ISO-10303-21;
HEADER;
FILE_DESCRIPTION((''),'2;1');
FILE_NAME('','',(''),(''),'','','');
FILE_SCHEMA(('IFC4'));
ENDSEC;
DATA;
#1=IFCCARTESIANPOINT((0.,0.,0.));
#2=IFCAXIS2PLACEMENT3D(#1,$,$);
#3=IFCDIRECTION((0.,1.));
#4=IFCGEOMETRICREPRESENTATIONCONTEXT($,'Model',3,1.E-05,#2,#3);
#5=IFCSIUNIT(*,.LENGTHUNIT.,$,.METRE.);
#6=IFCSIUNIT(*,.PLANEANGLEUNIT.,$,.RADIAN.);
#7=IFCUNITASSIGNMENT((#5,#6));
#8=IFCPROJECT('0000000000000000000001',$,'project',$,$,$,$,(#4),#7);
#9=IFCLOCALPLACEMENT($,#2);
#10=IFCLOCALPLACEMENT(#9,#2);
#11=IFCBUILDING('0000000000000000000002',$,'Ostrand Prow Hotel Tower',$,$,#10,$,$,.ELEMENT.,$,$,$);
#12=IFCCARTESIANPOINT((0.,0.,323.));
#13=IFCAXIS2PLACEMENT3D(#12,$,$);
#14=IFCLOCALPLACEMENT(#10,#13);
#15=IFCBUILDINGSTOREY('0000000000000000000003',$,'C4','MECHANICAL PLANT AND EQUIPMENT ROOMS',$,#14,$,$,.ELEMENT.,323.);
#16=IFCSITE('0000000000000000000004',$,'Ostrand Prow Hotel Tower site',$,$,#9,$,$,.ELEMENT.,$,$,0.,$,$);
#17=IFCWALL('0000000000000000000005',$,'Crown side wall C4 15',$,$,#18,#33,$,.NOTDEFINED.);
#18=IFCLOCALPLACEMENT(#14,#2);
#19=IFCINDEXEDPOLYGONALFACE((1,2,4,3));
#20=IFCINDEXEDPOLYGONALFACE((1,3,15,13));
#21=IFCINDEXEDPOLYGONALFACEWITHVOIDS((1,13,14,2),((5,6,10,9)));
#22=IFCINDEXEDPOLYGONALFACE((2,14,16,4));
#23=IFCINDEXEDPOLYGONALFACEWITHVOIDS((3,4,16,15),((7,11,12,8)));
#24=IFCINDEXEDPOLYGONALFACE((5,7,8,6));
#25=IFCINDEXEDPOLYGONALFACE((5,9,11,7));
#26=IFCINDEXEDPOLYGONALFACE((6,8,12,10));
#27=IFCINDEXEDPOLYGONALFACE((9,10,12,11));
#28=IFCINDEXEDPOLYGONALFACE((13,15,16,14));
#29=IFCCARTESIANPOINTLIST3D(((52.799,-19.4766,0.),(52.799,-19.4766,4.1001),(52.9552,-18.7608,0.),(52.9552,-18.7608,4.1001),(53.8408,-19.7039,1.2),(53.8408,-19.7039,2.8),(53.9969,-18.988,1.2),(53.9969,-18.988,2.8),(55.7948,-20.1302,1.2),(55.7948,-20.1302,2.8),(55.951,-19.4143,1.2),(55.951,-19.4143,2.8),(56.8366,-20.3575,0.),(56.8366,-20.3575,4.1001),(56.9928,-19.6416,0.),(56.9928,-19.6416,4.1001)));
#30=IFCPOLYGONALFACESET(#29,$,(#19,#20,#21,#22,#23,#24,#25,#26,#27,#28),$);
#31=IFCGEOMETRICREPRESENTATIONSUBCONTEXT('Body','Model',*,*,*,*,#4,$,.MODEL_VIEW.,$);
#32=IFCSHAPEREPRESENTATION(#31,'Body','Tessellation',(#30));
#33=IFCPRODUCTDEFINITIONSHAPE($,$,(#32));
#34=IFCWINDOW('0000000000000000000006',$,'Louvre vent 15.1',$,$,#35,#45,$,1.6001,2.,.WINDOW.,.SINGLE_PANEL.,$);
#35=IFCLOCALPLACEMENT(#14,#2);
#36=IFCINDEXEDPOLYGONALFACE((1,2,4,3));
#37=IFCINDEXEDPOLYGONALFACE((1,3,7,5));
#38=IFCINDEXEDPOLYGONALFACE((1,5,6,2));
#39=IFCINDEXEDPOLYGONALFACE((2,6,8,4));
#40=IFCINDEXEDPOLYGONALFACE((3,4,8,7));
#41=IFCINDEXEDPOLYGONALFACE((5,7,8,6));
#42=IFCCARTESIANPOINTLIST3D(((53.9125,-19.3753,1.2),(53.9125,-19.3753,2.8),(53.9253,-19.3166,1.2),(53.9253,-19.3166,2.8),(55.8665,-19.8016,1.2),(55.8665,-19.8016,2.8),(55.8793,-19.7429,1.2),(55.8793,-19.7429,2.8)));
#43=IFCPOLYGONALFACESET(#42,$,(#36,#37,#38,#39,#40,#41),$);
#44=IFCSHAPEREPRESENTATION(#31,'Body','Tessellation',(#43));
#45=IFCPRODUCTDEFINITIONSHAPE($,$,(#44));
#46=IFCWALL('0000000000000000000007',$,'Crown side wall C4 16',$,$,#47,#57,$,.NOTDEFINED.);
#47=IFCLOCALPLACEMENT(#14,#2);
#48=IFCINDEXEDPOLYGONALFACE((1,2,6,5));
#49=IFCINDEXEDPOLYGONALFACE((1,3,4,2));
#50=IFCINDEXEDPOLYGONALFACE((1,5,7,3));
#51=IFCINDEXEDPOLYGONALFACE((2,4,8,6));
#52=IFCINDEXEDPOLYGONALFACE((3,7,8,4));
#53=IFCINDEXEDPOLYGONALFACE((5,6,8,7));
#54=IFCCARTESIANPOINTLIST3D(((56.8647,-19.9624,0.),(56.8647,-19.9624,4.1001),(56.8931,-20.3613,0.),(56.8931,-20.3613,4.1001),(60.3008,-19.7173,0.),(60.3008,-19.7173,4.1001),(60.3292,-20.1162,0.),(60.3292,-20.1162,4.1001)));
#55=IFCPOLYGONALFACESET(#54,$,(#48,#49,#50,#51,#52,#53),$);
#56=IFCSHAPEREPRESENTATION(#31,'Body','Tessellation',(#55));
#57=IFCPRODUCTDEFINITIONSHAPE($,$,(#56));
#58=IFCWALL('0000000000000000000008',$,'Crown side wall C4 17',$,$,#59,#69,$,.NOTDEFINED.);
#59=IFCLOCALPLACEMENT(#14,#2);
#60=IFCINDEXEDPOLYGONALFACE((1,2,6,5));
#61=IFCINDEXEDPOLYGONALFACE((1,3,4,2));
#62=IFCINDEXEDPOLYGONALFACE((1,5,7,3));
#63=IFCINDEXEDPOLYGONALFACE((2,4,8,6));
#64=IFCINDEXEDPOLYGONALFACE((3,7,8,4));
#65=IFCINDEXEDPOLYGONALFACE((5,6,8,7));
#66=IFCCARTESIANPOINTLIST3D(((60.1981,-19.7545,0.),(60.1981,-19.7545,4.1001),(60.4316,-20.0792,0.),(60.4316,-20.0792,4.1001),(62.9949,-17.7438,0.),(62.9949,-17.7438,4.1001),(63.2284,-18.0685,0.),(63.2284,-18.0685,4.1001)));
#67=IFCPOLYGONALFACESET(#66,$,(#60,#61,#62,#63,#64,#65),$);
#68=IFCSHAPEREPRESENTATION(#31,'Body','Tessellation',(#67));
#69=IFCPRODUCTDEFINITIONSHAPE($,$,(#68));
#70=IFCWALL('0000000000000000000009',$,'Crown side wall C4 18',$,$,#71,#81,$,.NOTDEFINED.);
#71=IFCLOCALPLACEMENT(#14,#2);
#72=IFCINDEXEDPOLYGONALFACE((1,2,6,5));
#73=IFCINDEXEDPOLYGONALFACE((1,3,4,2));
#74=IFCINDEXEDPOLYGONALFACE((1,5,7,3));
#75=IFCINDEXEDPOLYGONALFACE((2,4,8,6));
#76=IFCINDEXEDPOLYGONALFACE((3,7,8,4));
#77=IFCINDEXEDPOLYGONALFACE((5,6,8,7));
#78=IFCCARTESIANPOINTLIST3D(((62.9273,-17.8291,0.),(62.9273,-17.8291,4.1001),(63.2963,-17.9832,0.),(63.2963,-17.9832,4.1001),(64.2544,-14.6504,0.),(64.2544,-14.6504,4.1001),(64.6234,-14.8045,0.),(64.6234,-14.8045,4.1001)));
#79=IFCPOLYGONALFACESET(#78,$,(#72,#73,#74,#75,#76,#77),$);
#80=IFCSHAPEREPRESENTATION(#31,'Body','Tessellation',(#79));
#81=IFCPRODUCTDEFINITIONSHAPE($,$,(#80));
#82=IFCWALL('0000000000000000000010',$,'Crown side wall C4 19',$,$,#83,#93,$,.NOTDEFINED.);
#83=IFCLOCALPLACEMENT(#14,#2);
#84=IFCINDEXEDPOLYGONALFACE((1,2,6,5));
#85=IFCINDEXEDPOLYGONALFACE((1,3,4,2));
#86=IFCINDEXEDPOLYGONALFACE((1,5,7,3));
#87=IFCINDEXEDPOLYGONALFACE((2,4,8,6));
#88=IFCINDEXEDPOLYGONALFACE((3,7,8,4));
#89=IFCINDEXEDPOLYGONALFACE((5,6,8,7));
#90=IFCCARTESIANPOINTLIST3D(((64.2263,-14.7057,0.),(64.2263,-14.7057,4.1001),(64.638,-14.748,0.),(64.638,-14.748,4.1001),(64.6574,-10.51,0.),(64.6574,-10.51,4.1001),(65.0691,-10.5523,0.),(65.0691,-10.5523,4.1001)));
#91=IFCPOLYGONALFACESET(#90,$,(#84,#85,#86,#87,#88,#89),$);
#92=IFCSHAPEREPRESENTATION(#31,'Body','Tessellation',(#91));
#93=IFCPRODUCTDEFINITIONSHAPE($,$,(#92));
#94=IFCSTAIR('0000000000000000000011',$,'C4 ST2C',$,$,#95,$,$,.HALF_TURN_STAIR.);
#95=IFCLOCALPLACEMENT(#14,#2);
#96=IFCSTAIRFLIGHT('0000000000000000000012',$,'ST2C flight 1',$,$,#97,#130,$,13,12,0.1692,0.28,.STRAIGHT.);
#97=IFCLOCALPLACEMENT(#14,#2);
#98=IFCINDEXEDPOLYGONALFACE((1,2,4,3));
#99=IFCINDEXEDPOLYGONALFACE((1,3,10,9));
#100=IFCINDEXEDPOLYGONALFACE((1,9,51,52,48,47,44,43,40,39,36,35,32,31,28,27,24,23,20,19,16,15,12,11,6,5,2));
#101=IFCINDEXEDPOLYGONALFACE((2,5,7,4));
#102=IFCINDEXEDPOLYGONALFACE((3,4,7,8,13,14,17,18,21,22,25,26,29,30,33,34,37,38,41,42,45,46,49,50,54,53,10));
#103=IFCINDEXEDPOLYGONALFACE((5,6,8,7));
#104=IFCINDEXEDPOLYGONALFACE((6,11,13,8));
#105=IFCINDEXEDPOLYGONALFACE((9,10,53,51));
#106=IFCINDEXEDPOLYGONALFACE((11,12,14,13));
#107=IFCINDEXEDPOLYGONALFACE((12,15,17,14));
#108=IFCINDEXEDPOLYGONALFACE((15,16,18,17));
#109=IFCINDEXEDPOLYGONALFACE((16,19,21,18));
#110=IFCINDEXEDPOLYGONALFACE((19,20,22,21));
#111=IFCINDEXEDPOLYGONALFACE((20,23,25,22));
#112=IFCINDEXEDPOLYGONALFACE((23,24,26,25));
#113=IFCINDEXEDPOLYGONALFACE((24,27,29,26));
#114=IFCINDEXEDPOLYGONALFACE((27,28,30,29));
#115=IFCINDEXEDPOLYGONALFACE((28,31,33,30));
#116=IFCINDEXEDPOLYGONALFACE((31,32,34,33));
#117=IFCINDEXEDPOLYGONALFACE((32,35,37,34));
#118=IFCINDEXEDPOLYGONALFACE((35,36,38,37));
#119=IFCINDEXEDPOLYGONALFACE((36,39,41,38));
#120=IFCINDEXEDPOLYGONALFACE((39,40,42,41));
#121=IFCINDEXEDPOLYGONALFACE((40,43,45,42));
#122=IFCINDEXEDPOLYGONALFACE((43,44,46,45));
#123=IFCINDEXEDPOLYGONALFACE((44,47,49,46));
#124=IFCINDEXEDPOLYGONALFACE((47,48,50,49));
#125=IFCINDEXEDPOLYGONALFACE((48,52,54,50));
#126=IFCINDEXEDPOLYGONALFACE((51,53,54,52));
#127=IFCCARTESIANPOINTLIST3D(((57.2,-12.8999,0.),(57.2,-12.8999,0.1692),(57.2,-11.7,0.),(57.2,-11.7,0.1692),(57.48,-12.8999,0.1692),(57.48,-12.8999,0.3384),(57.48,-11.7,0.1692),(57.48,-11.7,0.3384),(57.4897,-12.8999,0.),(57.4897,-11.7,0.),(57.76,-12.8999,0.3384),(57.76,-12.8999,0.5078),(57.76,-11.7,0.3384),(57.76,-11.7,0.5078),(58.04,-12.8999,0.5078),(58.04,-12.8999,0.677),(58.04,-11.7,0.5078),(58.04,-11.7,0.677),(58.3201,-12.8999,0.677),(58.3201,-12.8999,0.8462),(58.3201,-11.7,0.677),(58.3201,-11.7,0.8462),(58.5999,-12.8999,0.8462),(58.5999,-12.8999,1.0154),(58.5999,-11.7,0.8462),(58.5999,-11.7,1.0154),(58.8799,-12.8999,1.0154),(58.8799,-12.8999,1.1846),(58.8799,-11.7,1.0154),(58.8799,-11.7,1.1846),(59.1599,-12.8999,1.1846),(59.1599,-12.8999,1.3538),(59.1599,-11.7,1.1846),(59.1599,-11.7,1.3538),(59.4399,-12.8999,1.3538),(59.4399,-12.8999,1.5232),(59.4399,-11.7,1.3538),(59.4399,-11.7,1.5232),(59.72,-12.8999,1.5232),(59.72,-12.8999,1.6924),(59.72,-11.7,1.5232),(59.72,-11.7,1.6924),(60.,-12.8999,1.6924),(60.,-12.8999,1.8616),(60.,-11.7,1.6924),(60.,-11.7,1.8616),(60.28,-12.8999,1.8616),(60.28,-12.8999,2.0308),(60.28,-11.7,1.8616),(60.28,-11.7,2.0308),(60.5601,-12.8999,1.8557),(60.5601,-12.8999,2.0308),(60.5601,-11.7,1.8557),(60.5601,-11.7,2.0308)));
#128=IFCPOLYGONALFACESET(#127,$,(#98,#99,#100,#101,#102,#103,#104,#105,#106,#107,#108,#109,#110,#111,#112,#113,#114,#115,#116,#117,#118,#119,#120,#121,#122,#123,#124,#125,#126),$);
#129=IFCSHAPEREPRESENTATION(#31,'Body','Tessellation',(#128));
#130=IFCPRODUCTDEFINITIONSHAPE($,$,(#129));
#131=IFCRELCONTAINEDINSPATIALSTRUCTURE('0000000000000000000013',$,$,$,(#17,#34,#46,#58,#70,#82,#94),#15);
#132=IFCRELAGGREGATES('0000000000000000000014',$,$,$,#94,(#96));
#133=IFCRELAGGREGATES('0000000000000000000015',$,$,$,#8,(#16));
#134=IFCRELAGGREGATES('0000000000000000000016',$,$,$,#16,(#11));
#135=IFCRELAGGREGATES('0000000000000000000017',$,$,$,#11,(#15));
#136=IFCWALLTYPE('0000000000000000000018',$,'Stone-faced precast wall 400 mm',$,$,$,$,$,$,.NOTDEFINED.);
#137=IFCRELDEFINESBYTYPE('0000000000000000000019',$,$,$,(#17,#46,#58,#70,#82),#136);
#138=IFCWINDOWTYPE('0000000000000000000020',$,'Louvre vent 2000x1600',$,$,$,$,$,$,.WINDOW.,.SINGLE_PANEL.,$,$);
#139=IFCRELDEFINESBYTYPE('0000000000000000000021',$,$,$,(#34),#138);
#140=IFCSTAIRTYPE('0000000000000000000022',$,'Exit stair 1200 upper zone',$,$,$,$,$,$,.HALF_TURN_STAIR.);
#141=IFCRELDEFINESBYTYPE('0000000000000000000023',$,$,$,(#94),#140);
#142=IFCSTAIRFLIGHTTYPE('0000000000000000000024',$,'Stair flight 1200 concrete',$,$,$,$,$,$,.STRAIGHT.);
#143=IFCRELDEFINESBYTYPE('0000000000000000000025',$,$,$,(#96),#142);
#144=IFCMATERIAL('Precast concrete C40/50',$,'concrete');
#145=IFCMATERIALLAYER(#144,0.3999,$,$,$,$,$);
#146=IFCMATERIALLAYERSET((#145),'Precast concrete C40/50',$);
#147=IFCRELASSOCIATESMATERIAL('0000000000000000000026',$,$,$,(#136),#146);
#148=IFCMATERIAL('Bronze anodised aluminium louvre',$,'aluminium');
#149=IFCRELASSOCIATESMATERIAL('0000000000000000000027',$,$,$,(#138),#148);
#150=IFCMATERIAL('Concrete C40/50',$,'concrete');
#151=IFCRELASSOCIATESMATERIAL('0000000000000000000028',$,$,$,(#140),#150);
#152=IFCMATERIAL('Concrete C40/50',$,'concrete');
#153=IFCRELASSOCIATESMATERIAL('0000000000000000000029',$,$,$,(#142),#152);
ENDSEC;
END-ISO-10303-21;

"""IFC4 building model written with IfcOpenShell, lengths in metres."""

from ifc_helpers import new_model, si_unit, direction, frame, frame_2d, origin, place, context, subcontext, project, spatial, polyline, rectangle, outline, extrude, material, layer, layer_set, type_object, element, fill, aggregate, save


model = new_model("IFC4")

# Units and contexts
model_context = context("Model", 3, precision=1e-05, world=origin(), true_north=direction((0.0, 1.0)))
body_context = subcontext(model_context, "Body", "Model", "MODEL_VIEW")
ifc_project = project(units=[si_unit("LENGTHUNIT", "METRE"), si_unit("PLANEANGLEUNIT", "RADIAN")], contexts=[model_context])

# Site, building, storey
site_placement = place(None, origin())
site = spatial("IfcSite", under=ifc_project, at=site_placement, Name="Ostrand Prow Hotel Tower site", CompositionType="ELEMENT", RefElevation=0.0)
building_placement = place(site_placement, origin())
building = spatial("IfcBuilding", under=site, at=building_placement, Name="Ostrand Prow Hotel Tower", CompositionType="ELEMENT")
storey_placement = place(building_placement, frame((0.0, 0.0, 323.0)))
storey = spatial("IfcBuildingStorey", under=building, at=storey_placement, Name="C4", Description="MECHANICAL PLANT AND EQUIPMENT ROOMS", CompositionType="ELEMENT", Elevation=323.0)

# Wall, opening, window
ifc_material_1 = material(Name="Precast concrete C40/50", Category="concrete")
ifc_layer_1 = layer(ifc_material_1, 0.3999)
ifc_layer_set_1 = layer_set([ifc_layer_1], Name="Precast concrete C40/50")
wall_type_1 = type_object("IfcWallType", Name="Stone-faced precast wall 400 mm", PredefinedType="NOTDEFINED", material=ifc_layer_set_1)
wall_1_placement = place(storey_placement, frame((52.877, -19.1187, 0.0), z_axis=(0.0, 0.0, 1.0), x_axis=(0.977019, -0.213151, 0.0)))
wall_1 = element("IfcWall", 1, at=wall_1_placement, inside=storey, type_object=wall_type_1, Name="Crown side wall C4 15", PredefinedType="NOTDEFINED", context=body_context, shape_type="SweptSolid", body=[
    extrude(rectangle(XDim=4.1326, YDim=0.7327, at=frame_2d((2.0664, 0.0))), origin(), (0.0, 0.0, 1.0), 4.1001),
])
opening_1_placement = place(wall_1_placement, frame((1.0664, 0.0, 1.2)))
opening_1 = element("IfcOpeningElement", 2, at=opening_1_placement, cuts=wall_1, PredefinedType="OPENING", context=body_context, shape_type="SweptSolid", body=[
    extrude(rectangle(XDim=2.0, YDim=1.6001, at=frame_2d((1.0, 0.8))), frame((0.0, 0.3762, 0.0), z_axis=(0.0, -1.0, 0.0), x_axis=(1.0, 0.0, 0.0)), (0.0, 0.0, 1.0), 0.7527),
])
ifc_material_2 = material(Name="Bronze anodised aluminium louvre", Category="aluminium")
window_type = type_object("IfcWindowType", Name="Louvre vent 2000x1600", PartitioningType="SINGLE_PANEL", PredefinedType="WINDOW", material=ifc_material_2)
window_placement = place(opening_1_placement, origin())
window = element("IfcWindow", 3, at=window_placement, inside=storey, type_object=window_type, Name="Louvre vent 15.1", OverallHeight=1.6001, OverallWidth=2.0, PartitioningType="SINGLE_PANEL", PredefinedType="WINDOW", context=body_context, shape_type="SweptSolid", body=[
    extrude(rectangle(XDim=2.0, YDim=1.6001, at=frame_2d((1.0, 0.8))), frame((0.0, 0.03, 0.0), z_axis=(0.0, -1.0, 0.0), x_axis=(1.0, 0.0, 0.0)), (0.0, 0.0, 1.0), 0.0601),
])
fill(opening_1, window)

# Walls
wall_2_placement = place(storey_placement, frame((56.8789, -20.1619, 0.0), z_axis=(0.0, 0.0, 1.0), x_axis=(0.997465, 0.071156, 0.0)))
element("IfcWall", 4, at=wall_2_placement, inside=storey, type_object=wall_type_1, Name="Crown side wall C4 16", PredefinedType="NOTDEFINED", context=body_context, shape_type="SweptSolid", body=[
    extrude(rectangle(XDim=3.4448, YDim=0.3999, at=frame_2d((1.7224, 0.0))), origin(), (0.0, 0.0, 1.0), 4.1001),
])
for number, where, z_axis, x_axis, name in (
    (5, (60.3149, -19.9167, 0.0), (0.0, 0.0, 1.0), (0.811948, 0.58373, 0.0), "Crown side wall C4 17"),
    (6, (63.1118, -17.906, 0.0), (0.0, 0.0, 1.0), (0.38528, 0.9228, 0.0), "Crown side wall C4 18"),
):
    element("IfcWall", number, at=place(storey_placement, frame(where, z_axis=z_axis, x_axis=x_axis)), inside=storey, type_object=wall_type_1, Name=name, PredefinedType="NOTDEFINED", context=body_context, shape_type="SweptSolid", body=[
        extrude(rectangle(XDim=3.4446, YDim=0.3999, at=frame_2d((1.7222, 0.0))), origin(), (0.0, 0.0, 1.0), 4.1001),
    ])
wall_3_placement = place(storey_placement, frame((64.4321, -14.7268, 0.0), z_axis=(0.0, 0.0, 1.0), x_axis=(0.10222, 0.994762, 0.0)))
element("IfcWall", 7, at=wall_3_placement, inside=storey, type_object=wall_type_1, Name="Crown side wall C4 19", PredefinedType="NOTDEFINED", context=body_context, shape_type="SweptSolid", body=[
    extrude(rectangle(XDim=4.2178, YDim=0.4138, at=frame_2d((2.1089, 0.0))), origin(), (0.0, 0.0, 1.0), 4.1001),
])

# Stair, stair flight
ifc_material_3 = material(Name="Concrete C40/50", Category="concrete")
stair_type = type_object("IfcStairType", Name="Exit stair 1200 upper zone", PredefinedType="HALF_TURN_STAIR", material=ifc_material_3)
stair_placement = place(storey_placement, origin())
stair = element("IfcStair", 8, at=stair_placement, inside=storey, type_object=stair_type, Name="C4 ST2C", PredefinedType="HALF_TURN_STAIR")
ifc_material_4 = material(Name="Concrete C40/50", Category="concrete")
stair_flight_type = type_object("IfcStairFlightType", Name="Stair flight 1200 concrete", PredefinedType="STRAIGHT", material=ifc_material_4)
stair_flight_placement = place(storey_placement, frame((57.2, -12.3, 0.0), z_axis=(0.0, 0.0, 1.0), x_axis=(1.0, 0.0, 0.0)))
stair_flight = element("IfcStairFlight", 9, at=stair_flight_placement, type_object=stair_flight_type, Name="ST2C flight 1", NumberOfRisers=13, NumberOfTreads=12, PredefinedType="STRAIGHT", RiserHeight=0.1692, TreadLength=0.28, context=body_context, shape_type="SweptSolid", body=[
    extrude(outline(polyline([(0.0, 0.0), (0.0, 0.1692), (0.28, 0.1692), (0.28, 0.3384), (0.5601, 0.3384), (0.5601, 0.5078), (0.8401, 0.5078), (0.8401, 0.677), (1.1201, 0.677), (1.1201, 0.8462), (1.3999, 0.8462), (1.3999, 1.0154), (1.6799, 1.0154), (1.6799, 1.1846), (1.96, 1.1846), (1.96, 1.3538), (2.24, 1.3538), (2.24, 1.5232), (2.52, 1.5232), (2.52, 1.6924), (2.8, 1.6924), (2.8, 1.8616), (3.0801, 1.8616), (3.0801, 2.0308), (3.3601, 2.0308), (3.3601, 2.2), (3.3601, 1.8557), (0.2898, 0.0), (0.0, 0.0)])), frame((0.0, 0.6001, 0.0), z_axis=(0.0, -1.0, 0.0), x_axis=(1.0, 0.0, 0.0)), (0.0, 0.0, 1.0), 1.2),
])
aggregate(stair, [stair_flight])

save(model, "model.ifc")
